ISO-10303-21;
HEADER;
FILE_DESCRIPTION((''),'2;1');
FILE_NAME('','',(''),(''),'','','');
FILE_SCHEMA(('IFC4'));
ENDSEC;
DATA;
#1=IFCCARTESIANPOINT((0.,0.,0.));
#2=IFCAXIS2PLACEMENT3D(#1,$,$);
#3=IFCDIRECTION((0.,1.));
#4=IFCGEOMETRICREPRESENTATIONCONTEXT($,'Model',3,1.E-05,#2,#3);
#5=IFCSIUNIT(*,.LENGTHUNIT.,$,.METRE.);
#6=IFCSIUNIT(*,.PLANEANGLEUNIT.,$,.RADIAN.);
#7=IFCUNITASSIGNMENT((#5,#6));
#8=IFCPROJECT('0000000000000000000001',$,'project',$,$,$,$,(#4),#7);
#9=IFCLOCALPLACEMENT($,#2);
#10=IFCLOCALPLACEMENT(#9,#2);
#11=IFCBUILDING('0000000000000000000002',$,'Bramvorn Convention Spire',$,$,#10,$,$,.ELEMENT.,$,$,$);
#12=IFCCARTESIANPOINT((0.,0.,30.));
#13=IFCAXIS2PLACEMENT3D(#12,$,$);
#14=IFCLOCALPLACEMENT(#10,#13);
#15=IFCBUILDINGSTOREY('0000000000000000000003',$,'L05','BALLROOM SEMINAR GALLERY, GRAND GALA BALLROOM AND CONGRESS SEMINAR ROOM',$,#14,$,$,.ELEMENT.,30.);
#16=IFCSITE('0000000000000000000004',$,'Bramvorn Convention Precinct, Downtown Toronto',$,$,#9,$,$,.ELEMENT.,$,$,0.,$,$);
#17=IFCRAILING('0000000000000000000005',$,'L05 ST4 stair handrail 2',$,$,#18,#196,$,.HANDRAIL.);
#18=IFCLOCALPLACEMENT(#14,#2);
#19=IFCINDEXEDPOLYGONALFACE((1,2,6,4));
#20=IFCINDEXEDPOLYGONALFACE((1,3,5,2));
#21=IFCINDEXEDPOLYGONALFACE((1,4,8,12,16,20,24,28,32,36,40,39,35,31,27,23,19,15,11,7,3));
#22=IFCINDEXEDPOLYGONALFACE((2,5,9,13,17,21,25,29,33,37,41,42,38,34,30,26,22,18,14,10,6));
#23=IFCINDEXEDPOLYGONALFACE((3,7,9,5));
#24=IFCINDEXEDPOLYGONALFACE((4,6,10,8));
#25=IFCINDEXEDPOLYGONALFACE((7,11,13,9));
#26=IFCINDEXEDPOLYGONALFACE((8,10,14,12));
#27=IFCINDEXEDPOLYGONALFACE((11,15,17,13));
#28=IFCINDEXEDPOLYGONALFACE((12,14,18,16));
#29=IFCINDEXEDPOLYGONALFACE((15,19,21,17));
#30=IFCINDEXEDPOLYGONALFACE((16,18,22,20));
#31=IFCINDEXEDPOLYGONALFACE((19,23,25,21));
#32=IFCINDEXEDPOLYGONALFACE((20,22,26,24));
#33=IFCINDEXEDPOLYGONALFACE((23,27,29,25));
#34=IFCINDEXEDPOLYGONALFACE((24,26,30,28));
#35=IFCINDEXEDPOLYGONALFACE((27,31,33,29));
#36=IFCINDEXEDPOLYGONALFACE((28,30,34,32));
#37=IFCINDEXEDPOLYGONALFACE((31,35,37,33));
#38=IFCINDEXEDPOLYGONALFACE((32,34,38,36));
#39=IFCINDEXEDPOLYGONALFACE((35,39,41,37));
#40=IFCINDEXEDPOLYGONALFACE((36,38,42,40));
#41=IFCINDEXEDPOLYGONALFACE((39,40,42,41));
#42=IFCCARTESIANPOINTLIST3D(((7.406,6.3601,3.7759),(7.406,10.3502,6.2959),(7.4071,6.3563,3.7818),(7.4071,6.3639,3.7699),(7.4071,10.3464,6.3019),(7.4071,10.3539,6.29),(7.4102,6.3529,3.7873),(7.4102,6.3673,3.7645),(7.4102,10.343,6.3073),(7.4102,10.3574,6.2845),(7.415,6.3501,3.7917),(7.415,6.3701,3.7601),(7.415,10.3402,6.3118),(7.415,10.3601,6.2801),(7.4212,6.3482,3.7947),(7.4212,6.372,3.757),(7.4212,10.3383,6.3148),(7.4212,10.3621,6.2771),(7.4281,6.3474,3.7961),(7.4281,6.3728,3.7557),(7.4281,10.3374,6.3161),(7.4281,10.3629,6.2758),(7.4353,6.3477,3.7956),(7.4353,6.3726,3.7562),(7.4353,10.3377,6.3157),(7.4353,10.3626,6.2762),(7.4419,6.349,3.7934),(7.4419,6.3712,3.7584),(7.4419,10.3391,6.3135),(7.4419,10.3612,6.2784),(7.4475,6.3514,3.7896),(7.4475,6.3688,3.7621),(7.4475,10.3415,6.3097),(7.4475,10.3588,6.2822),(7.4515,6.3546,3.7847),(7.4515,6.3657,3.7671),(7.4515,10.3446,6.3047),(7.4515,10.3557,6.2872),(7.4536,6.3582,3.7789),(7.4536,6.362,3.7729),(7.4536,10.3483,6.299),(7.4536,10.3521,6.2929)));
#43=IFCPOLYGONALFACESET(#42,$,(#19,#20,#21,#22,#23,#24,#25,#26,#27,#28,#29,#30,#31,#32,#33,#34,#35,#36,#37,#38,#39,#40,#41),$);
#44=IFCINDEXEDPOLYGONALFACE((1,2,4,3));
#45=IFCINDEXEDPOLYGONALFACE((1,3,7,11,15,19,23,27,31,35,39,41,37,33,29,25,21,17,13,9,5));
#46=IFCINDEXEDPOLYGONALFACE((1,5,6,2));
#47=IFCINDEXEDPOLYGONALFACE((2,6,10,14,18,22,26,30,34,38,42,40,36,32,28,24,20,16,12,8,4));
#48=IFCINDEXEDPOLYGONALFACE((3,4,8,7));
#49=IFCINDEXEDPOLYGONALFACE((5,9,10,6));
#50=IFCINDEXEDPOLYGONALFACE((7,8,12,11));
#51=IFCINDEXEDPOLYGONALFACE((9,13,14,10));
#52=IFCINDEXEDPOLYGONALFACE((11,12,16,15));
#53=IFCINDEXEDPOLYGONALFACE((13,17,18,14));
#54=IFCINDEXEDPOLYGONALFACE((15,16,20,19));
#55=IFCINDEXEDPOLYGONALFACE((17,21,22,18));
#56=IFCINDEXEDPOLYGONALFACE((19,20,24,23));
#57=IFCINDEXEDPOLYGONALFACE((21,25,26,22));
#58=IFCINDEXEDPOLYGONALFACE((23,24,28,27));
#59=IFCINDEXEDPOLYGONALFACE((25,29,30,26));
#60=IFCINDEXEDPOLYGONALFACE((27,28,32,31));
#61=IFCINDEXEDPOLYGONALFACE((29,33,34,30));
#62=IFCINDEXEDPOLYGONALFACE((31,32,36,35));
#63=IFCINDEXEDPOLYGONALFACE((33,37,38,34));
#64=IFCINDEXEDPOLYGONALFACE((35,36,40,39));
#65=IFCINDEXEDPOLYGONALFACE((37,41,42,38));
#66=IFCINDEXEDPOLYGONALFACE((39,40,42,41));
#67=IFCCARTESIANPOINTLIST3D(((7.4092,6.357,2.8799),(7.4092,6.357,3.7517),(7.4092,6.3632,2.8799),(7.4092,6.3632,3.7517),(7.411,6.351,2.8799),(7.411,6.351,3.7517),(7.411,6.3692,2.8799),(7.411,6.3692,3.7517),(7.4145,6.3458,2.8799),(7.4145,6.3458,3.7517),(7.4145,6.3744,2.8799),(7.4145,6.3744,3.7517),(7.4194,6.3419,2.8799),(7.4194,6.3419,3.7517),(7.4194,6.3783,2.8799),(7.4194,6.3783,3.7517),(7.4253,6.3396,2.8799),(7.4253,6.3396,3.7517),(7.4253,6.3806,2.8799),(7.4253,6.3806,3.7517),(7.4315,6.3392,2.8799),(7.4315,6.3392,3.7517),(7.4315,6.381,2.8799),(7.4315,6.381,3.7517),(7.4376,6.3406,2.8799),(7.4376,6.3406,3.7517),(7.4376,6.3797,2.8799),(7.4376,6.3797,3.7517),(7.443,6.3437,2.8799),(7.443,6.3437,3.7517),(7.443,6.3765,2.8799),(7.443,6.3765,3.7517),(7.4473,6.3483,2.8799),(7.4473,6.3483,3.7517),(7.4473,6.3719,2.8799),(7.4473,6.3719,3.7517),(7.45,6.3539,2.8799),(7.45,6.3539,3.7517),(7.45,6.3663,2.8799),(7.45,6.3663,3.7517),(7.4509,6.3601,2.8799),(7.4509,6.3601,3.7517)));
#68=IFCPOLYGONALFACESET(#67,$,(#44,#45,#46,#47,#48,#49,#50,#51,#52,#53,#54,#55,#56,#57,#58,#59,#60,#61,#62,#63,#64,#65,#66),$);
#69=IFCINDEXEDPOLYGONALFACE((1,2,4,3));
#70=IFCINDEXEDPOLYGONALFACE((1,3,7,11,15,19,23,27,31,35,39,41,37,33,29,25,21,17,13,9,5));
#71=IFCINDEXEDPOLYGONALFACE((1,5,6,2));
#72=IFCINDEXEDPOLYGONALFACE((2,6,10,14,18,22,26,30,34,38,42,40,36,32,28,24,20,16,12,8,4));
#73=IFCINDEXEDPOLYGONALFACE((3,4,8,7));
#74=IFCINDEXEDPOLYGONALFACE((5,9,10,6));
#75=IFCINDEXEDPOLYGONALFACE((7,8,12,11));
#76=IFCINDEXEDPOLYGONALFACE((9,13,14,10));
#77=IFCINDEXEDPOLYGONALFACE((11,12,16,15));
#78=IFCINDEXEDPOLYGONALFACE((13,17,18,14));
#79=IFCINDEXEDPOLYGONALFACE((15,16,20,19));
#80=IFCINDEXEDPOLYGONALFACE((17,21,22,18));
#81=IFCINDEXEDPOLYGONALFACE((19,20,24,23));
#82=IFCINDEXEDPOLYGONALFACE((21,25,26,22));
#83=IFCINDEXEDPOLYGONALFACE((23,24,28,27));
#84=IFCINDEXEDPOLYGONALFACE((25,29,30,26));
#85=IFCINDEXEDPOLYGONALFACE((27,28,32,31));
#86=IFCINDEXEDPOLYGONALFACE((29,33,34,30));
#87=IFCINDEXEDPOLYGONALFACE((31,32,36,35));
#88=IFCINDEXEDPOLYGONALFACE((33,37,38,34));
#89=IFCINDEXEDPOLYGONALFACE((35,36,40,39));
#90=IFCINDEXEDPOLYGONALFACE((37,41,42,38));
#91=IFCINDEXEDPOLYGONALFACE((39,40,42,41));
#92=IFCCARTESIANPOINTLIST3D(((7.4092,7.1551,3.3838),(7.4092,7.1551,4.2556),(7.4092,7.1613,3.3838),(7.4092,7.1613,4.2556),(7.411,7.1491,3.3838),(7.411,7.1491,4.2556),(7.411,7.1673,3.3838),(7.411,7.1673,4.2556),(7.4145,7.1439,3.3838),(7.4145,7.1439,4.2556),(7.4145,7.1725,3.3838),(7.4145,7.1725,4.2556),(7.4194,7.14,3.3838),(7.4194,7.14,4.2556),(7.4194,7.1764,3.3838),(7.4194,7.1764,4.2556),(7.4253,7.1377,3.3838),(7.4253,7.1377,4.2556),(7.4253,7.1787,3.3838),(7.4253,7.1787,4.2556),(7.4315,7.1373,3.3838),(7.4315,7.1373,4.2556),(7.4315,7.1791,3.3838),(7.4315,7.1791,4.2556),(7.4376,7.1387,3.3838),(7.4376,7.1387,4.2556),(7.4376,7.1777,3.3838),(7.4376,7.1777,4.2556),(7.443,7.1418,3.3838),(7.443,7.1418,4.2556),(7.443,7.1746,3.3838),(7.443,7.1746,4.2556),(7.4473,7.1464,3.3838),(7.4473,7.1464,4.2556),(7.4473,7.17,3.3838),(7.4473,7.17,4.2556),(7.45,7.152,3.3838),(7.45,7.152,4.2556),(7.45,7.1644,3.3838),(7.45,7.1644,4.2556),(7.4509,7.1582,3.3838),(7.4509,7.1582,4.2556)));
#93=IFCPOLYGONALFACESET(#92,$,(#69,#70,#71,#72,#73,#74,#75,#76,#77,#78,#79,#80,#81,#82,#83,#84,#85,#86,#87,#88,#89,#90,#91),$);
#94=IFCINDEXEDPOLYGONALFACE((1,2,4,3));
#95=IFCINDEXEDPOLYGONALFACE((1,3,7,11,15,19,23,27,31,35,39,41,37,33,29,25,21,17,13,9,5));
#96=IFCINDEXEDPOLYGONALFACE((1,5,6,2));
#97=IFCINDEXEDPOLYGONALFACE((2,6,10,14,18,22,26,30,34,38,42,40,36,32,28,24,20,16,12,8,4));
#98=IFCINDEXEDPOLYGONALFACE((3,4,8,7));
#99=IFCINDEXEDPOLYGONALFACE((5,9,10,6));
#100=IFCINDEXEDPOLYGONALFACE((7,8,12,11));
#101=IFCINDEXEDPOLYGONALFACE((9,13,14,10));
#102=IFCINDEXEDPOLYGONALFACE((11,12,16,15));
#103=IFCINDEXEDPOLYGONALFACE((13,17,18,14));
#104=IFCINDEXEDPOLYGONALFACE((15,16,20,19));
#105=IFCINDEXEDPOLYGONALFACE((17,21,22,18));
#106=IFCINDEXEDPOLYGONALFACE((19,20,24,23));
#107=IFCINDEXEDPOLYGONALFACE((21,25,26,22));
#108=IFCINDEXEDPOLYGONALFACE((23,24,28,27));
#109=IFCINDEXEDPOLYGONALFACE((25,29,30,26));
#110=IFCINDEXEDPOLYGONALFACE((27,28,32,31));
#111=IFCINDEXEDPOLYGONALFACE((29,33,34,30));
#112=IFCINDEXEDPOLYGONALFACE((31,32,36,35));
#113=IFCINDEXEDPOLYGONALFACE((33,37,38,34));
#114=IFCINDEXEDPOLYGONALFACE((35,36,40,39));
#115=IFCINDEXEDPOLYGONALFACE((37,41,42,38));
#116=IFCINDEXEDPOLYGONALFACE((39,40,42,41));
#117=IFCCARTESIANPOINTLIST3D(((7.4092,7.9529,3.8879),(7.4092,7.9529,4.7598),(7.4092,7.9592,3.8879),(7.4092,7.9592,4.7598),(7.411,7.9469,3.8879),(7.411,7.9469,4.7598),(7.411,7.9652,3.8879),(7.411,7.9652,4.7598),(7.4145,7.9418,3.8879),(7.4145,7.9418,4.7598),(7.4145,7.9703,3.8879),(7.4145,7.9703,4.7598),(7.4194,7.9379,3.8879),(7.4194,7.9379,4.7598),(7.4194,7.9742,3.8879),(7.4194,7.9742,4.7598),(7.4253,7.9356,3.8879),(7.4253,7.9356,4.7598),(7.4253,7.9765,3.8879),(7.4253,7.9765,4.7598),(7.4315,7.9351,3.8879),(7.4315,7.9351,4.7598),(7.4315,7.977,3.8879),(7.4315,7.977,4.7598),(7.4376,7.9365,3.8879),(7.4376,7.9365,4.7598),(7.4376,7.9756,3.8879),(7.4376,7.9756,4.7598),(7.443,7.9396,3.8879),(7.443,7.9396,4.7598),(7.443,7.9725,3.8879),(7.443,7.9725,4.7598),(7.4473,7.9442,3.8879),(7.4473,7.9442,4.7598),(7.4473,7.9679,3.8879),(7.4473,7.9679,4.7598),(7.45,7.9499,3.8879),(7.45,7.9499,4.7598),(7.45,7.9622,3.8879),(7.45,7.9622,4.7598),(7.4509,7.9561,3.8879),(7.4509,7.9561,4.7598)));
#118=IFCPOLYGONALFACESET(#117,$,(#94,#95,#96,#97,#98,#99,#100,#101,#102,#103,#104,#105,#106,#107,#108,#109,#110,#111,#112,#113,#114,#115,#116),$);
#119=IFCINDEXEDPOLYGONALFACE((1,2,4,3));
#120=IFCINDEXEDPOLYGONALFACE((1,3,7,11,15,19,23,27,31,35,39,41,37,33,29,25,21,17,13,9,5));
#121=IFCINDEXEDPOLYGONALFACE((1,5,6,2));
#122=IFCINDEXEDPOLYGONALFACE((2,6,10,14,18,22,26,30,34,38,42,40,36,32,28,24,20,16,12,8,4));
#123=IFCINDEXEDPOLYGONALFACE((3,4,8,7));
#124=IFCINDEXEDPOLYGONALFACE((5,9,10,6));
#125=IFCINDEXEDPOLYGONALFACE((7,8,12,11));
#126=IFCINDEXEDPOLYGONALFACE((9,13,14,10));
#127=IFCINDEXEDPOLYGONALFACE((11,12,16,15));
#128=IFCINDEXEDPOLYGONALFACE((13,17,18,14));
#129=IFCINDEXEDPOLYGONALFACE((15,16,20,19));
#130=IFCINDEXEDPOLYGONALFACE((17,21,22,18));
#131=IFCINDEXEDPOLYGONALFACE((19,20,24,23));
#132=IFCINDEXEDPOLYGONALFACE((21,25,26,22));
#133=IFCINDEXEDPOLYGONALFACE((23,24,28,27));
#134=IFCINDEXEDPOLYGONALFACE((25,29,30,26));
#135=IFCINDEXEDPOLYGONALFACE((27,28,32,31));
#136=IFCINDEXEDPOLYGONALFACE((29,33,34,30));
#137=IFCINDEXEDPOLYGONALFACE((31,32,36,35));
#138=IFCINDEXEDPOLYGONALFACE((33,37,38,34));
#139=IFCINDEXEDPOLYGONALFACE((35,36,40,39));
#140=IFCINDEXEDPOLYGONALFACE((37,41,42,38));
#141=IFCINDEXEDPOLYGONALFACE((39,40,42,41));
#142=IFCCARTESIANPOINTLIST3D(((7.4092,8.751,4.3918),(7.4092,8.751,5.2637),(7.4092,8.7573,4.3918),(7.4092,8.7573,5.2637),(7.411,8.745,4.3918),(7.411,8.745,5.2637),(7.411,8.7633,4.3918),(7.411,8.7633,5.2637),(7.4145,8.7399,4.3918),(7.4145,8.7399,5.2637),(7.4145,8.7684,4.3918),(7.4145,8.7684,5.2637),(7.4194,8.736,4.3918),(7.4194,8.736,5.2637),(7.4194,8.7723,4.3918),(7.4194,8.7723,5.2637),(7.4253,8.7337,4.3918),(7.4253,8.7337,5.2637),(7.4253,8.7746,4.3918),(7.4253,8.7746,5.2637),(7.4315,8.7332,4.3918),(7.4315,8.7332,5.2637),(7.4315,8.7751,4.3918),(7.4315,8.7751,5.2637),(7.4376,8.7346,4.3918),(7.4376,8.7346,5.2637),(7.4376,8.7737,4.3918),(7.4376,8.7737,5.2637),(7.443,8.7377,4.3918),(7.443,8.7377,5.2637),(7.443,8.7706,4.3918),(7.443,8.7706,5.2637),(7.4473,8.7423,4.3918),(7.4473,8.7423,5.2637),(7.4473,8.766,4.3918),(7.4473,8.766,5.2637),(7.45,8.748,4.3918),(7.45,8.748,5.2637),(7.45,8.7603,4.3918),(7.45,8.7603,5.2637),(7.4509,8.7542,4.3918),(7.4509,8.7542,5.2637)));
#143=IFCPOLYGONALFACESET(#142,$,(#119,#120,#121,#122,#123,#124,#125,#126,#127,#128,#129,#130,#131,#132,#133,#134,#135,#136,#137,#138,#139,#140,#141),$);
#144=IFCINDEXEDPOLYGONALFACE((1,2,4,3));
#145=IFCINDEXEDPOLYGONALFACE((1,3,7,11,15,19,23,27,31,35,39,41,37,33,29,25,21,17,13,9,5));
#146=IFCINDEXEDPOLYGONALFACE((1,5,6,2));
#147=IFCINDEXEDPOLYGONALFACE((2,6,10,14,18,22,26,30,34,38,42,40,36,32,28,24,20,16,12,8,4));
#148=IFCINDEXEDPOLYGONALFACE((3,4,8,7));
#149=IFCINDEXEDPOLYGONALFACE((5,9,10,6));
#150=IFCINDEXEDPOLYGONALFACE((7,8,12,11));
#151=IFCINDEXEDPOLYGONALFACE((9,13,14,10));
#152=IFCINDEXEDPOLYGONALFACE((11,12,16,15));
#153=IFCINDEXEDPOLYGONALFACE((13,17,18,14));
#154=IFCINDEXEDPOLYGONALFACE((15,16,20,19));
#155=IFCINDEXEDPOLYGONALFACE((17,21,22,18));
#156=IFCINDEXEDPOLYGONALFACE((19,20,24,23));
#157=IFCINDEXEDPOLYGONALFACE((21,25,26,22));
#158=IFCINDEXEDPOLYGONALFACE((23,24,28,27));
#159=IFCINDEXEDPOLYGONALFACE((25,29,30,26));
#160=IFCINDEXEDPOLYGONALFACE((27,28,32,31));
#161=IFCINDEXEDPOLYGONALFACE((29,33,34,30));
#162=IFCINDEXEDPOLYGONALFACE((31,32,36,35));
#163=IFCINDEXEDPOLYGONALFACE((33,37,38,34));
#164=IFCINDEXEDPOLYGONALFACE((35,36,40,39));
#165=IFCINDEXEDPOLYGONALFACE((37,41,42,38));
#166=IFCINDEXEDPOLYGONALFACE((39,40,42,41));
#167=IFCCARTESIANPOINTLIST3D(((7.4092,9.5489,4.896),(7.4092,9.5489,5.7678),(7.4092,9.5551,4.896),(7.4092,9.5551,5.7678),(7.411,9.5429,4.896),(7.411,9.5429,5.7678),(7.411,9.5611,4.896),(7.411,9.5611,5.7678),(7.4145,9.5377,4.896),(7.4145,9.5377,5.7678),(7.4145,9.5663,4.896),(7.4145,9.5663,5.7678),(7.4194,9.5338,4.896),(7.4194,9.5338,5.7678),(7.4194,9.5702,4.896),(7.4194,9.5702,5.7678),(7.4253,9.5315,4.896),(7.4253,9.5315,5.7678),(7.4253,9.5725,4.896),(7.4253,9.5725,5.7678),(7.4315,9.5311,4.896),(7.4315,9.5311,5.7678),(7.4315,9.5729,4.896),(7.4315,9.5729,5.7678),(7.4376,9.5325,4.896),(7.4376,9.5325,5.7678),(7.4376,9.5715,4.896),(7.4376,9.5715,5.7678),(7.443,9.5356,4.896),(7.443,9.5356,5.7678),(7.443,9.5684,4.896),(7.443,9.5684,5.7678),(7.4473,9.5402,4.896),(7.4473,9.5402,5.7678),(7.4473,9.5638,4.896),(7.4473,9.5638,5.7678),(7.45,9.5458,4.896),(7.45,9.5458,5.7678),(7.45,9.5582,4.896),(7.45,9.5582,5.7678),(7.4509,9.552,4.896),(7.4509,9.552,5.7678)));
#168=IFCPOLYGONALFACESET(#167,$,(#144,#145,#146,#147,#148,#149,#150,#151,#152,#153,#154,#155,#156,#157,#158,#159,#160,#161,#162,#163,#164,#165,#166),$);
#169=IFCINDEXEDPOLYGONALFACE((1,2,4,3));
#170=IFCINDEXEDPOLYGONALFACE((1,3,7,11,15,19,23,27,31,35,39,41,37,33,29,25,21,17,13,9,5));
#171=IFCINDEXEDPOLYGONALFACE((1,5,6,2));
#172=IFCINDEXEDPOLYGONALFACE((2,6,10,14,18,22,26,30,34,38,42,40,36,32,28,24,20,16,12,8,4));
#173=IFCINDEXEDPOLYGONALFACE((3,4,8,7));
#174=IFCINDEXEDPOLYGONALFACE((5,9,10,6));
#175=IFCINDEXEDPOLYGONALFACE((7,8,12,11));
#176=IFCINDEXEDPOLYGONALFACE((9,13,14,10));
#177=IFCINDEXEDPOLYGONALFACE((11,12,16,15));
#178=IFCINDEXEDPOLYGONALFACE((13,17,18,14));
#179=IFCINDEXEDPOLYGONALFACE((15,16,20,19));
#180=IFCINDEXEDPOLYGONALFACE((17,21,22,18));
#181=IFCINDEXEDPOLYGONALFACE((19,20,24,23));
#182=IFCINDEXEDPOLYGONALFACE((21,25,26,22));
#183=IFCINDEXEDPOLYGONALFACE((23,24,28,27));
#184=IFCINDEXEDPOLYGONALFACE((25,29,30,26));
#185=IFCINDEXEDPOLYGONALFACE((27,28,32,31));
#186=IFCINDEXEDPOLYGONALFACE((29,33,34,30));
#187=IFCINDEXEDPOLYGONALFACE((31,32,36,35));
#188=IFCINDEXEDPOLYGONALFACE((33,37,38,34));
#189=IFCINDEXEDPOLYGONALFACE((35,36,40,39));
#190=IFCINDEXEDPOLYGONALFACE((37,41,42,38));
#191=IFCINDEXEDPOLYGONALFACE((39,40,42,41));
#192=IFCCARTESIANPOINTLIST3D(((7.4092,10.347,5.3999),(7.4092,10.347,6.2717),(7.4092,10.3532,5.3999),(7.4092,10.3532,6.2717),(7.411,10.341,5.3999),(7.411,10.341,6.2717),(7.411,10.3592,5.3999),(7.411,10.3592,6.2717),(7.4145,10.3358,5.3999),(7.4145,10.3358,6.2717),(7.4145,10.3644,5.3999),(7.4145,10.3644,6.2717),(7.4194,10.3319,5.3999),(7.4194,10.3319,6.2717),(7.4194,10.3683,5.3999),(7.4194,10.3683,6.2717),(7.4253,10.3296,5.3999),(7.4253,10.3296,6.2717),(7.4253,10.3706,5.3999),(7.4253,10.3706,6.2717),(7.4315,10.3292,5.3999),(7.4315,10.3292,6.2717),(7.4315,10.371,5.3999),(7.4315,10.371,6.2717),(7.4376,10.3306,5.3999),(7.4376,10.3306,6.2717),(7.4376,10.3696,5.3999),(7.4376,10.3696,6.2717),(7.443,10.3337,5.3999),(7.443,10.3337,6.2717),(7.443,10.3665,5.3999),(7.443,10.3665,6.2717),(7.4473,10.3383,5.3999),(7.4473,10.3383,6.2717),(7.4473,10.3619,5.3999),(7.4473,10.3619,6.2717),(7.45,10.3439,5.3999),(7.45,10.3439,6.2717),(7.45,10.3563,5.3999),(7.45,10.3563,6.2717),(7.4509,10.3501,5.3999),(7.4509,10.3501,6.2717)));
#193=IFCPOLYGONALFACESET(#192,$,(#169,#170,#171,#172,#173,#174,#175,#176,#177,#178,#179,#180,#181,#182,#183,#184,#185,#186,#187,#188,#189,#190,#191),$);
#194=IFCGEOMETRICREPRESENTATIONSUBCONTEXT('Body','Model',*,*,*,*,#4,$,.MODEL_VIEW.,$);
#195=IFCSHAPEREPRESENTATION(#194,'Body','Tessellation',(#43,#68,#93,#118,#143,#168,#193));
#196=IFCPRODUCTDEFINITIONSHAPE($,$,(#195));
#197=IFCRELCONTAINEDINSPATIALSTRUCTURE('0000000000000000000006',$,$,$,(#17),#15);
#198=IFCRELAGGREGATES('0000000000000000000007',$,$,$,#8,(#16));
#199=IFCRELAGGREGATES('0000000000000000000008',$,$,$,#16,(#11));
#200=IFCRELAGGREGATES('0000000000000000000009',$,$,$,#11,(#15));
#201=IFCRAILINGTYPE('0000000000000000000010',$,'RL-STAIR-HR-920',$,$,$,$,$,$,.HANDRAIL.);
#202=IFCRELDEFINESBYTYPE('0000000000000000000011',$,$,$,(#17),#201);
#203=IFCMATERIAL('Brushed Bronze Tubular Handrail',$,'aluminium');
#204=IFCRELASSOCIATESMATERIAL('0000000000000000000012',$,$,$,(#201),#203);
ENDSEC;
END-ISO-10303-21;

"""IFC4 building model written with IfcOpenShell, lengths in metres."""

from ifc_helpers import new_model, si_unit, direction, frame, origin, origin_2d, place, context, subcontext, project, spatial, circle, extrude, material, type_object, element, save


model = new_model("IFC4")

# Units and contexts
model_context = context("Model", 3, precision=1e-05, world=origin(), true_north=direction((0.0, 1.0)))
body_context = subcontext(model_context, "Body", "Model", "MODEL_VIEW")
ifc_project = project(units=[si_unit("LENGTHUNIT", "METRE"), si_unit("PLANEANGLEUNIT", "RADIAN")], contexts=[model_context])

# Site, building, storey
site_placement = place(None, origin())
site = spatial("IfcSite", under=ifc_project, at=site_placement, Name="Bramvorn Convention Precinct, Downtown Toronto", CompositionType="ELEMENT", RefElevation=0.0)
building_placement = place(site_placement, origin())
building = spatial("IfcBuilding", under=site, at=building_placement, Name="Bramvorn Convention Spire", CompositionType="ELEMENT")
storey_placement = place(building_placement, frame((0.0, 0.0, 30.0)))
storey = spatial("IfcBuildingStorey", under=building, at=storey_placement, Name="L05", Description="BALLROOM SEMINAR GALLERY, GRAND GALA BALLROOM AND CONGRESS SEMINAR ROOM", CompositionType="ELEMENT", Elevation=30.0)

# Railing
ifc_material_1 = material(Name="Brushed Bronze Tubular Handrail", Category="aluminium")
railing_type_1 = type_object("IfcRailingType", Name="RL-STAIR-HR-920", PredefinedType="HANDRAIL", material=ifc_material_1)
railing_1_placement = place(storey_placement, frame((7.4299, 6.3601, 2.8799)))
element("IfcRailing", 1, at=railing_1_placement, inside=storey, type_object=railing_type_1, Name="L05 ST4 stair handrail 2", PredefinedType="HANDRAIL", context=body_context, shape_type="SweptSolid", body=[
    extrude(circle(Radius=0.0239, at=origin_2d()), frame((0.0, 0.0, 0.896), z_axis=(0.0, 0.845486, 0.533997), x_axis=(-1.0, 0.0, 0.0)), (0.0, 0.0, 1.0), 4.7192),
    extrude(circle(Radius=0.021, at=origin_2d()), origin(), (0.0, 0.0, 1.0), 0.8718),
    extrude(circle(Radius=0.021, at=origin_2d()), frame((0.0, 0.7981, 0.5039)), (0.0, 0.0, 1.0), 0.8718),
    extrude(circle(Radius=0.021, at=origin_2d()), frame((0.0, 1.5959, 1.0081)), (0.0, 0.0, 1.0), 0.8718),
    extrude(circle(Radius=0.021, at=origin_2d()), frame((0.0, 2.394, 1.512)), (0.0, 0.0, 1.0), 0.8718),
    extrude(circle(Radius=0.021, at=origin_2d()), frame((0.0, 3.1919, 2.0161)), (0.0, 0.0, 1.0), 0.8718),
    extrude(circle(Radius=0.021, at=origin_2d()), frame((0.0, 3.99, 2.52)), (0.0, 0.0, 1.0), 0.8718),
])

save(model, "model.ifc")
